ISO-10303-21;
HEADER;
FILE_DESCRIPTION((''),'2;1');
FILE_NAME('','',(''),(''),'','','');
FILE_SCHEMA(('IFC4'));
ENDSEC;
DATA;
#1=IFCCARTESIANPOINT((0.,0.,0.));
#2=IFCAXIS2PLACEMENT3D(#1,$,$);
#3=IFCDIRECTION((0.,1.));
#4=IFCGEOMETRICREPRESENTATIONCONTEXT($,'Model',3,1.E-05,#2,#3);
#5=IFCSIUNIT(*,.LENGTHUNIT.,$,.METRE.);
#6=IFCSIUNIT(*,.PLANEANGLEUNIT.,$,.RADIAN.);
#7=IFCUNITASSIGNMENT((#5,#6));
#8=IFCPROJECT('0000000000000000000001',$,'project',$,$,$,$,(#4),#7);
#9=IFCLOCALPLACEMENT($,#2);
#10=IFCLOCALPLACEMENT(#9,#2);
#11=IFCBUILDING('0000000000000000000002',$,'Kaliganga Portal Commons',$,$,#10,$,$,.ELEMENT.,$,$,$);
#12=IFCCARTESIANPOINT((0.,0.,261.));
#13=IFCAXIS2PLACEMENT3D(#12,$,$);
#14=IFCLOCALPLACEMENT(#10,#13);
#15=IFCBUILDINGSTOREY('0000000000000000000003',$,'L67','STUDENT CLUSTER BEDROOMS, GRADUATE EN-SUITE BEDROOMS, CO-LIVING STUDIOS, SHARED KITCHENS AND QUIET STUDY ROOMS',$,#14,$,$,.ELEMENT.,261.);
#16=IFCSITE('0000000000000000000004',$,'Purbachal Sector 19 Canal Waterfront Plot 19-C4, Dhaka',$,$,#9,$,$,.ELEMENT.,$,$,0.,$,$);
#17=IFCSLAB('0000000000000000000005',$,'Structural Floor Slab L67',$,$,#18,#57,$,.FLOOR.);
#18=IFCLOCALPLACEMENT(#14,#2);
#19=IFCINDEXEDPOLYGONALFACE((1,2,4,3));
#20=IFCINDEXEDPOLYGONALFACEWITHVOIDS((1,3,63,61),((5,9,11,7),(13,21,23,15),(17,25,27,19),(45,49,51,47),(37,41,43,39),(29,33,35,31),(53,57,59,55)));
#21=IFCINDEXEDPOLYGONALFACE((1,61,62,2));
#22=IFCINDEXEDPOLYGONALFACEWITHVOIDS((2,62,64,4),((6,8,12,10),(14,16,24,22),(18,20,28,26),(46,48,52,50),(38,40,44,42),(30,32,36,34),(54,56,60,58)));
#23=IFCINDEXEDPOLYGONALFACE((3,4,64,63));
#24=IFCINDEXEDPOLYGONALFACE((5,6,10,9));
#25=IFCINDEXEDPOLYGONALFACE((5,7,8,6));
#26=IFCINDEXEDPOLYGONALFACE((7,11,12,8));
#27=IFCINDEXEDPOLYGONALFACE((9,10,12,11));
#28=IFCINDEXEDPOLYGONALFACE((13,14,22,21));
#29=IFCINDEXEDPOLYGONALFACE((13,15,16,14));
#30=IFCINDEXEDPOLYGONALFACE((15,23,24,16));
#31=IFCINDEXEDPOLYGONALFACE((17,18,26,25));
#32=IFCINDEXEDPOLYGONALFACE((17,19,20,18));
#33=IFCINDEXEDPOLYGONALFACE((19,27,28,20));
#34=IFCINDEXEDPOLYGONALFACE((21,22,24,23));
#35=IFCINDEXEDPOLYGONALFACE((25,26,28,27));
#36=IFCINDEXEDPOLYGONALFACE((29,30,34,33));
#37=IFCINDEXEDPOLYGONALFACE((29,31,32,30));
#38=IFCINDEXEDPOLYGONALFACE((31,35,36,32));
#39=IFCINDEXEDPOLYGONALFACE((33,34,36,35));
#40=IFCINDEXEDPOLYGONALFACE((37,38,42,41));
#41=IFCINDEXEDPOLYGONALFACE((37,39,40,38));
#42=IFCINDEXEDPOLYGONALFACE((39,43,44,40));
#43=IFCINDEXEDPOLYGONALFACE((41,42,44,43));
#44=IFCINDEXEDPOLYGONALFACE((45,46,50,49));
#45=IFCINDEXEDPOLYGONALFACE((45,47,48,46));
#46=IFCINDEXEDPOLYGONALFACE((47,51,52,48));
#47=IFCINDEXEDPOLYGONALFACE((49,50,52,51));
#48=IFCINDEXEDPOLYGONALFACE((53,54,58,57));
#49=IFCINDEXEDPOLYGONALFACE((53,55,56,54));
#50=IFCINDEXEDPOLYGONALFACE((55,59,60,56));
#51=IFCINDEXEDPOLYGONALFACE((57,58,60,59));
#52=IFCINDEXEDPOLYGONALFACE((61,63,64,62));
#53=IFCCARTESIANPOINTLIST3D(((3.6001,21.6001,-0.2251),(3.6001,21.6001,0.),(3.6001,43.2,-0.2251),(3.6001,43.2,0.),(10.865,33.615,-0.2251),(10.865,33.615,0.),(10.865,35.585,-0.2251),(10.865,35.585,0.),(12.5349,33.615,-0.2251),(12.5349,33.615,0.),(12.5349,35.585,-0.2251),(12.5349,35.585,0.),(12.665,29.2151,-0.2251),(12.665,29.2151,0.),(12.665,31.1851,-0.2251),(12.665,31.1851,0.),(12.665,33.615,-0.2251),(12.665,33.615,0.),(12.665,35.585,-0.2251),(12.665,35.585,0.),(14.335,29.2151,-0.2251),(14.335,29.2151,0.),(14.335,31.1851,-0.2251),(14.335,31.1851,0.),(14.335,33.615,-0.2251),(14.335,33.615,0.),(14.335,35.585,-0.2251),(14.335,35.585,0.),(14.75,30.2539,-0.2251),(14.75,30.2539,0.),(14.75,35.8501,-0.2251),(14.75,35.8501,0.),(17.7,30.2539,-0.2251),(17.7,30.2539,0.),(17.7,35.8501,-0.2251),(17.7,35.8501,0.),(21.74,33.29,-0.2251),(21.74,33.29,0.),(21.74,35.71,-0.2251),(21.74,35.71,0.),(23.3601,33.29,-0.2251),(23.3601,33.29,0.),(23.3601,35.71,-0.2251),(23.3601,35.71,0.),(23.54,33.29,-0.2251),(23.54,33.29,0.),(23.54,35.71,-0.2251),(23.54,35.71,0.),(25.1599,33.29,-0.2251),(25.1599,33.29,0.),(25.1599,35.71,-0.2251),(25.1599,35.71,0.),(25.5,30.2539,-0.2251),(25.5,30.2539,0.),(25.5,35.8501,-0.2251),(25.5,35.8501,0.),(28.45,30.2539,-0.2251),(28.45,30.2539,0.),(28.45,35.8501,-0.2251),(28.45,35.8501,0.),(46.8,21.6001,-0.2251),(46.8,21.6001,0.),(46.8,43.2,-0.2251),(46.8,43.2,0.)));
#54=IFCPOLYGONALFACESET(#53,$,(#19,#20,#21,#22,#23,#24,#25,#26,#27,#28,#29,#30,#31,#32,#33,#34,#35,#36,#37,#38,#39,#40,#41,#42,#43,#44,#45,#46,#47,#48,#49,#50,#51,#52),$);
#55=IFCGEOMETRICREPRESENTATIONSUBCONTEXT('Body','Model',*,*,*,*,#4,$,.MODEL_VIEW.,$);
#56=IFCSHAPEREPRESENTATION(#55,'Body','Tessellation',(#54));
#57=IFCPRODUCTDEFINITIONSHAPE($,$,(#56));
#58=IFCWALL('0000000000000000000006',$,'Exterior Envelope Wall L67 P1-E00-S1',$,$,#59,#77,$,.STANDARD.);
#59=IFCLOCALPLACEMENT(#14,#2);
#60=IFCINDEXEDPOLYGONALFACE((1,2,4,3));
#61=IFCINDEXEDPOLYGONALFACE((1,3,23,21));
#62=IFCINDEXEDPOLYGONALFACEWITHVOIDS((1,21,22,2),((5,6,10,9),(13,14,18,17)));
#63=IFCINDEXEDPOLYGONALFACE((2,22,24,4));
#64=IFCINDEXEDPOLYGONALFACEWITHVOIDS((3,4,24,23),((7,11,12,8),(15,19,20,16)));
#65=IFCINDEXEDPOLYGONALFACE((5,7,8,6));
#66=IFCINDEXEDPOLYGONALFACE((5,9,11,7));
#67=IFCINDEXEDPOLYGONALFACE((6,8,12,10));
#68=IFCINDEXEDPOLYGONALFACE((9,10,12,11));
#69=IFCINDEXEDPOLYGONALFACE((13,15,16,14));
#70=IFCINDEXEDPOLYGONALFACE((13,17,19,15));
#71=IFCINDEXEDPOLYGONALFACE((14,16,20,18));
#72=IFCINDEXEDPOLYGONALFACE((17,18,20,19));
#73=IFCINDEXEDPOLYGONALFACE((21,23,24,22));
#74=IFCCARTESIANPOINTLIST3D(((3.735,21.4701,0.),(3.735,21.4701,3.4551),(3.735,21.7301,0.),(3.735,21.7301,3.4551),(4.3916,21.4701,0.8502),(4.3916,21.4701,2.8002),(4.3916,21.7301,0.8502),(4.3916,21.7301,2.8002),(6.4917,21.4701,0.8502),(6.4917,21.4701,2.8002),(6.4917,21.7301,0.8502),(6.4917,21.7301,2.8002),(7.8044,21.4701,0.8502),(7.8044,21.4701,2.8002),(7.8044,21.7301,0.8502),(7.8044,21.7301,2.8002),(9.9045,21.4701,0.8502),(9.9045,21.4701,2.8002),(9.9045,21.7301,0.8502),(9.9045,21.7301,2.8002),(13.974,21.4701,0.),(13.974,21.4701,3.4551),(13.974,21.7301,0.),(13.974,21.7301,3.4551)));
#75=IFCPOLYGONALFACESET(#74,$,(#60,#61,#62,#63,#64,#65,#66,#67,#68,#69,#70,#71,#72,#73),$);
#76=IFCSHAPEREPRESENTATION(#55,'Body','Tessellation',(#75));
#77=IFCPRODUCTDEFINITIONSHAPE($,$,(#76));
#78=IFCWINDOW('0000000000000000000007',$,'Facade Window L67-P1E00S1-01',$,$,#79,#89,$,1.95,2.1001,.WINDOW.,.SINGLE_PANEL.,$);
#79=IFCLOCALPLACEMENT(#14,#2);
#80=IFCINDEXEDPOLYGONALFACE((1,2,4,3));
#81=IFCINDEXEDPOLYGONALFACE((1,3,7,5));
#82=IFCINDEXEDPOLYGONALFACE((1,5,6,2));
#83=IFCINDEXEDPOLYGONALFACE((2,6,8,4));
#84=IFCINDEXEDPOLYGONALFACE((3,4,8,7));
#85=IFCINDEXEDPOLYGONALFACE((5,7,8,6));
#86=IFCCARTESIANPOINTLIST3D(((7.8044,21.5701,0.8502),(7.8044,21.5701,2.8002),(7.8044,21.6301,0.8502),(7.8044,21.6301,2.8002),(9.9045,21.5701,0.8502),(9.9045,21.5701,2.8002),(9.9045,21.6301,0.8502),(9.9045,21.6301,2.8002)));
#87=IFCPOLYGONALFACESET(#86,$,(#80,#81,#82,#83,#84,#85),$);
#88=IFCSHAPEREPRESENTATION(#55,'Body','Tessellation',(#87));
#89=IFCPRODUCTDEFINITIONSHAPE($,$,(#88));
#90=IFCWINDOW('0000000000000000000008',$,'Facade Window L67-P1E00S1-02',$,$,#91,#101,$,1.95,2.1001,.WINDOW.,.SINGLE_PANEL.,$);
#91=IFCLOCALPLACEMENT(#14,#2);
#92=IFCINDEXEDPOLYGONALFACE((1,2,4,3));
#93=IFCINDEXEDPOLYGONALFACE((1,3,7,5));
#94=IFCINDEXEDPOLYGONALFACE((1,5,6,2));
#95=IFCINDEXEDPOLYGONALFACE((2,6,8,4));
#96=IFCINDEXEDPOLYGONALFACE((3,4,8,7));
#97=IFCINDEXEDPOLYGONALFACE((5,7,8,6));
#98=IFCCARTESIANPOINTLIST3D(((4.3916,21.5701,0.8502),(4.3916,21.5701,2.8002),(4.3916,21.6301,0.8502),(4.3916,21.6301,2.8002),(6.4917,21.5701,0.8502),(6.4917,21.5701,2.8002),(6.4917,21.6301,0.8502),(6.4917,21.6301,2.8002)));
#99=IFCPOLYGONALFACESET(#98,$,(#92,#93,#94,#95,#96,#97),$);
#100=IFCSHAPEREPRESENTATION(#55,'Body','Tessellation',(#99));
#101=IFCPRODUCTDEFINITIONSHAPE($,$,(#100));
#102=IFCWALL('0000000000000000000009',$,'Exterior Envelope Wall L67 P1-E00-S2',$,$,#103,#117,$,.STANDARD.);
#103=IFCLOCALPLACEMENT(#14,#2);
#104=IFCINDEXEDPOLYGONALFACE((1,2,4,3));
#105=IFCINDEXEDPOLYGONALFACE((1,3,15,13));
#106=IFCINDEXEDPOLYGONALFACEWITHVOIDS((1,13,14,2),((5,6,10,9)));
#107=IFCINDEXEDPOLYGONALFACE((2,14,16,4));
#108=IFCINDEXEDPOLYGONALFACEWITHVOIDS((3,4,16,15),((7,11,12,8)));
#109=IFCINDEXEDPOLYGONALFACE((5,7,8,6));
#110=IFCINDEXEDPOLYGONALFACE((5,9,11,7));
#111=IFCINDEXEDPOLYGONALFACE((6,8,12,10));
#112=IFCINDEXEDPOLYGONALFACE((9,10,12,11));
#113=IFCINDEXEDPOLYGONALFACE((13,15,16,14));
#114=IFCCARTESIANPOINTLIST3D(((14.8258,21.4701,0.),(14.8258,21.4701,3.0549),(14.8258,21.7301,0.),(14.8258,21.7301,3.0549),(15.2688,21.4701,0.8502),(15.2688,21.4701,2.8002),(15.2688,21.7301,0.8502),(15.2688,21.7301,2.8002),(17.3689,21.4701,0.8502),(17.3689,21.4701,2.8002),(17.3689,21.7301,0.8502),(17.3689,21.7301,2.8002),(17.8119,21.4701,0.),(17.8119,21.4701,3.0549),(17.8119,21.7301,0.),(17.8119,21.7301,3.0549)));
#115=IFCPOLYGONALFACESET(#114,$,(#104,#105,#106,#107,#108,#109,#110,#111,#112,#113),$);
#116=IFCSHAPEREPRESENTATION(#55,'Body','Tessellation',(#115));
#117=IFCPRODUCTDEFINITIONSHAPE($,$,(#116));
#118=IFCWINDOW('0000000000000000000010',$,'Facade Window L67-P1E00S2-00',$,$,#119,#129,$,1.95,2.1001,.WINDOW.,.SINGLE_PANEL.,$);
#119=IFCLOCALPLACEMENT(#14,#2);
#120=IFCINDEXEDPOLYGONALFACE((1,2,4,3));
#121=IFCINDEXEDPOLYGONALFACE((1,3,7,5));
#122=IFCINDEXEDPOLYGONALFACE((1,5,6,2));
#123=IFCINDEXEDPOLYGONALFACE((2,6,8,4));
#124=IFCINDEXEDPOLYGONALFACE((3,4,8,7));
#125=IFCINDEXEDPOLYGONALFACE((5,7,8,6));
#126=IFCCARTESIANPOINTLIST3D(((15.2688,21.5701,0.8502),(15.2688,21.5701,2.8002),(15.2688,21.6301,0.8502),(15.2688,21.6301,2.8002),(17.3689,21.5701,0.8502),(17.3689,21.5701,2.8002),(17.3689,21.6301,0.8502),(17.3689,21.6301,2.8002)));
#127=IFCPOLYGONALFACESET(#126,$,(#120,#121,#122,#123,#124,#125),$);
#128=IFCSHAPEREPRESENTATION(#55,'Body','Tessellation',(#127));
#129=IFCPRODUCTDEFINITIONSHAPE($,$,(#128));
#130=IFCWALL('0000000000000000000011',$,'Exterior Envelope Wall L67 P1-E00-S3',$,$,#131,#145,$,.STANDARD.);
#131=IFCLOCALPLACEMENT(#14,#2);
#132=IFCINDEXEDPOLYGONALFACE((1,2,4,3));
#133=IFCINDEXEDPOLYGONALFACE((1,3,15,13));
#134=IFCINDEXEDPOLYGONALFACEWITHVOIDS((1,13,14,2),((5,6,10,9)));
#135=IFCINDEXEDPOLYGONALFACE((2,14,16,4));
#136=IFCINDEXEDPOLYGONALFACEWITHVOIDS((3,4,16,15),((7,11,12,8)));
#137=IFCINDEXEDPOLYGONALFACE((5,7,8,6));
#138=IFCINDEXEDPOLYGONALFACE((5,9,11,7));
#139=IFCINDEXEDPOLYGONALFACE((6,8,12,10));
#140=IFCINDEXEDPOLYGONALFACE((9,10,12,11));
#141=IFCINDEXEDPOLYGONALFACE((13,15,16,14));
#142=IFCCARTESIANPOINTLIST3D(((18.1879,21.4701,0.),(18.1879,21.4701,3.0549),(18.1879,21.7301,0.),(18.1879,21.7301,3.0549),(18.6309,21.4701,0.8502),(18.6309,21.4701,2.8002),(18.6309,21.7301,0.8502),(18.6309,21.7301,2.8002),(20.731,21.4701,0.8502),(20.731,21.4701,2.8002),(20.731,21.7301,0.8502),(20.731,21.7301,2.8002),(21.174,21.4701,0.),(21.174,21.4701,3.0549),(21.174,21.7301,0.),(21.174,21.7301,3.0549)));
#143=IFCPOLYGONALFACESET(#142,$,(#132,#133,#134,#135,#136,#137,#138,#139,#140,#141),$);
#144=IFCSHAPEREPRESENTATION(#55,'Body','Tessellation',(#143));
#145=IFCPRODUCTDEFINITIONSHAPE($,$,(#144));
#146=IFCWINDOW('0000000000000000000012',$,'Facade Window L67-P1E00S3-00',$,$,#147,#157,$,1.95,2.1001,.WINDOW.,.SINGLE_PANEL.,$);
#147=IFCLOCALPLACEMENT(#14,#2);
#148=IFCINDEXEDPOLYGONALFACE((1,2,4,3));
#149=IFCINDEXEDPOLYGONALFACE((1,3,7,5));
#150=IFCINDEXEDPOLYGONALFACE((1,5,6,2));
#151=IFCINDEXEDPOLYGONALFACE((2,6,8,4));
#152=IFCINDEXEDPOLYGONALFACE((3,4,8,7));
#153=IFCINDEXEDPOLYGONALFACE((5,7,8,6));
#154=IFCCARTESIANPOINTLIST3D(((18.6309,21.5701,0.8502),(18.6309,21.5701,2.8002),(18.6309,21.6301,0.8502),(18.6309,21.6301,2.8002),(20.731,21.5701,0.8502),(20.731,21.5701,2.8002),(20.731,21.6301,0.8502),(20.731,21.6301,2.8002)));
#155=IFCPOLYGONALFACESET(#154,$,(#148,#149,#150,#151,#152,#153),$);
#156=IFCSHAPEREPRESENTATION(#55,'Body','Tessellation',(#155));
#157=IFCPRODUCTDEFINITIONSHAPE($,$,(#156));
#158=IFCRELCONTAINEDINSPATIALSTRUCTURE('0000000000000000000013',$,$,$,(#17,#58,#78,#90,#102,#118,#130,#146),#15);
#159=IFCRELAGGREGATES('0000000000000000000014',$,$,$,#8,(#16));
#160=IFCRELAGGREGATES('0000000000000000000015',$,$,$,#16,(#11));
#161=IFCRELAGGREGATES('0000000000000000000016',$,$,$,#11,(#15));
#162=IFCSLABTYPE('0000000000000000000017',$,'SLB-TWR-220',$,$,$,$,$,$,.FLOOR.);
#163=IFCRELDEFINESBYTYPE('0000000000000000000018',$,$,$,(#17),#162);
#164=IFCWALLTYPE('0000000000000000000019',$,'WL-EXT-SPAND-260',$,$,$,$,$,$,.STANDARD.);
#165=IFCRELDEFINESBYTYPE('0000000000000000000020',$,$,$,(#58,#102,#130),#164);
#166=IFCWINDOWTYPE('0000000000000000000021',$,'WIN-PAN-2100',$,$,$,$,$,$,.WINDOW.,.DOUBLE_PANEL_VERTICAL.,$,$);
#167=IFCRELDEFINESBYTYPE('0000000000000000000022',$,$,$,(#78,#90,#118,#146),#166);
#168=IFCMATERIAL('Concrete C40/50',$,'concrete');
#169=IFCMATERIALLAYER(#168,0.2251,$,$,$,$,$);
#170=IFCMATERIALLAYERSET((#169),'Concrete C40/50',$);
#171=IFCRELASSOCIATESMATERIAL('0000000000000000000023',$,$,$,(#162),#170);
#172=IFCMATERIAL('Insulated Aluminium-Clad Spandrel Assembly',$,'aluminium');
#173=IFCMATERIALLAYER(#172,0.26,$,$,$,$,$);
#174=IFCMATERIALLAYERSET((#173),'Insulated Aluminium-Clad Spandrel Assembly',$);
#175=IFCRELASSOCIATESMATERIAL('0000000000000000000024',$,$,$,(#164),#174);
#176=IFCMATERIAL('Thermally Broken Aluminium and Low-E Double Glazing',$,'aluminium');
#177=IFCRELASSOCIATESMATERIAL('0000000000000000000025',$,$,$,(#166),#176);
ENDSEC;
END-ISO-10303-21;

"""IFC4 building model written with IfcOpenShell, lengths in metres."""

from ifc_helpers import new_model, si_unit, direction, frame, frame_2d, origin, place, context, subcontext, project, spatial, polyline, rectangle, outline, extrude, material, layer, layer_set, type_object, element, fill, save


model = new_model("IFC4")

# Units and contexts
model_context = context("Model", 3, precision=1e-05, world=origin(), true_north=direction((0.0, 1.0)))
body_context = subcontext(model_context, "Body", "Model", "MODEL_VIEW")
ifc_project = project(units=[si_unit("LENGTHUNIT", "METRE"), si_unit("PLANEANGLEUNIT", "RADIAN")], contexts=[model_context])

# Site, building, storey
site_placement = place(None, origin())
site = spatial("IfcSite", under=ifc_project, at=site_placement, Name="Purbachal Sector 19 Canal Waterfront Plot 19-C4, Dhaka", CompositionType="ELEMENT", RefElevation=0.0)
building_placement = place(site_placement, origin())
building = spatial("IfcBuilding", under=site, at=building_placement, Name="Kaliganga Portal Commons", CompositionType="ELEMENT")
storey_placement = place(building_placement, frame((0.0, 0.0, 261.0)))
storey = spatial("IfcBuildingStorey", under=building, at=storey_placement, Name="L67", Description="STUDENT CLUSTER BEDROOMS, GRADUATE EN-SUITE BEDROOMS, CO-LIVING STUDIOS, SHARED KITCHENS AND QUIET STUDY ROOMS", CompositionType="ELEMENT", Elevation=261.0)

# Shared definitions
ifc_material_1 = material(Name="Concrete C40/50", Category="concrete")

# Slab
ifc_layer_1 = layer(ifc_material_1, 0.2251)
ifc_layer_set_1 = layer_set([ifc_layer_1], Name="Concrete C40/50")
slab_type_1 = type_object("IfcSlabType", Name="SLB-TWR-220", PredefinedType="FLOOR", material=ifc_layer_set_1)
slab_1_placement = place(storey_placement, frame((0.0, 0.0, -0.2251)))
element("IfcSlab", 1, at=slab_1_placement, inside=storey, type_object=slab_type_1, Name="Structural Floor Slab L67", PredefinedType="FLOOR", context=body_context, shape_type="SweptSolid", body=[
    extrude(outline(polyline([(3.6001, 21.6001), (46.8, 21.6001), (46.8, 43.2), (3.6001, 43.2), (3.6001, 21.6001)]), holes=[polyline([(14.75, 30.2539), (14.75, 35.8501), (17.7, 35.8501), (17.7, 30.2539), (14.75, 30.2539)]), polyline([(25.5, 30.2539), (25.5, 35.8501), (28.45, 35.8501), (28.45, 30.2539), (25.5, 30.2539)]), polyline([(12.665, 33.615), (12.665, 35.585), (14.335, 35.585), (14.335, 33.615), (12.665, 33.615)]), polyline([(12.665, 29.2151), (12.665, 31.1851), (14.335, 31.1851), (14.335, 29.2151), (12.665, 29.2151)]), polyline([(10.865, 33.615), (10.865, 35.585), (12.5349, 35.585), (12.5349, 33.615), (10.865, 33.615)]), polyline([(21.74, 33.29), (21.74, 35.71), (23.3601, 35.71), (23.3601, 33.29), (21.74, 33.29)]), polyline([(23.54, 33.29), (23.54, 35.71), (25.1599, 35.71), (25.1599, 33.29), (23.54, 33.29)])]), origin(), (0.0, 0.0, 1.0), 0.2251),
])

# Wall, openings, windows
ifc_material_2 = material(Name="Insulated Aluminium-Clad Spandrel Assembly", Category="aluminium")
ifc_layer_2 = layer(ifc_material_2, 0.26)
ifc_layer_set_2 = layer_set([ifc_layer_2], Name="Insulated Aluminium-Clad Spandrel Assembly")
wall_type = type_object("IfcWallType", Name="WL-EXT-SPAND-260", PredefinedType="STANDARD", material=ifc_layer_set_2)
wall_1_placement = place(storey_placement, frame((13.9741, 21.6001, 0.0), z_axis=(0.0, 0.0, 1.0), x_axis=(-1.0, 0.0, 0.0)))
wall_1 = element("IfcWall", 2, at=wall_1_placement, inside=storey, type_object=wall_type, Name="Exterior Envelope Wall L67 P1-E00-S1", PredefinedType="STANDARD", context=body_context, shape_type="SweptSolid", body=[
    extrude(rectangle(XDim=10.239, YDim=0.26, at=frame_2d((5.1196, 0.0))), origin(), (0.0, 0.0, 1.0), 3.4551),
])
opening_1_placement = place(wall_1_placement, frame((4.0696, 0.0, 0.8501)))
opening_1 = element("IfcOpeningElement", 3, at=opening_1_placement, cuts=wall_1, PredefinedType="OPENING", context=body_context, shape_type="SweptSolid", body=[
    extrude(rectangle(XDim=2.1001, YDim=1.95, at=frame_2d((1.05, 0.9751))), frame((0.0, 0.1401, 0.0), z_axis=(0.0, -1.0, 0.0), x_axis=(1.0, 0.0, 0.0)), (0.0, 0.0, 1.0), 0.28),
])
opening_2_placement = place(wall_1_placement, frame((7.4824, 0.0, 0.8501)))
opening_2 = element("IfcOpeningElement", 4, at=opening_2_placement, cuts=wall_1, PredefinedType="OPENING", context=body_context, shape_type="SweptSolid", body=[
    extrude(rectangle(XDim=2.1001, YDim=1.95, at=frame_2d((1.05, 0.9751))), frame((0.0, 0.1401, 0.0), z_axis=(0.0, -1.0, 0.0), x_axis=(1.0, 0.0, 0.0)), (0.0, 0.0, 1.0), 0.28),
])
ifc_material_3 = material(Name="Thermally Broken Aluminium and Low-E Double Glazing", Category="aluminium")
window_type_1 = type_object("IfcWindowType", Name="WIN-PAN-2100", PartitioningType="DOUBLE_PANEL_VERTICAL", PredefinedType="WINDOW", material=ifc_material_3)
window_1_placement = place(opening_1_placement, origin())
window_1 = element("IfcWindow", 5, at=window_1_placement, inside=storey, type_object=window_type_1, Name="Facade Window L67-P1E00S1-01", OverallHeight=1.95, OverallWidth=2.1001, PartitioningType="SINGLE_PANEL", PredefinedType="WINDOW", context=body_context, shape_type="SweptSolid", body=[
    extrude(rectangle(XDim=2.1001, YDim=1.95, at=frame_2d((1.05, 0.9751))), frame((0.0, 0.03, 0.0), z_axis=(0.0, -1.0, 0.0), x_axis=(1.0, 0.0, 0.0)), (0.0, 0.0, 1.0), 0.0601),
])
fill(opening_1, window_1)
window_2_placement = place(opening_2_placement, origin())
window_2 = element("IfcWindow", 6, at=window_2_placement, inside=storey, type_object=window_type_1, Name="Facade Window L67-P1E00S1-02", OverallHeight=1.95, OverallWidth=2.1001, PartitioningType="SINGLE_PANEL", PredefinedType="WINDOW", context=body_context, shape_type="SweptSolid", body=[
    extrude(rectangle(XDim=2.1001, YDim=1.95, at=frame_2d((1.05, 0.9751))), frame((0.0, 0.03, 0.0), z_axis=(0.0, -1.0, 0.0), x_axis=(1.0, 0.0, 0.0)), (0.0, 0.0, 1.0), 0.0601),
])
fill(opening_2, window_2)

# Walls, openings, windows
wall_2_placement = place(storey_placement, frame((17.812, 21.6001, 0.0), z_axis=(0.0, 0.0, 1.0), x_axis=(-1.0, 0.0, 0.0)))
wall_2 = element("IfcWall", 7, at=wall_2_placement, inside=storey, type_object=wall_type, Name="Exterior Envelope Wall L67 P1-E00-S2", PredefinedType="STANDARD", context=body_context, shape_type="SweptSolid", body=[
    extrude(rectangle(XDim=2.9861, YDim=0.26, at=frame_2d((1.4932, 0.0))), origin(), (0.0, 0.0, 1.0), 3.0549),
])
opening_3_placement = place(wall_2_placement, frame((0.4431, 0.0, 0.8501)))
opening_3 = element("IfcOpeningElement", 8, at=opening_3_placement, cuts=wall_2, PredefinedType="OPENING", context=body_context, shape_type="SweptSolid", body=[
    extrude(rectangle(XDim=2.1001, YDim=1.95, at=frame_2d((1.05, 0.9751))), frame((0.0, 0.1401, 0.0), z_axis=(0.0, -1.0, 0.0), x_axis=(1.0, 0.0, 0.0)), (0.0, 0.0, 1.0), 0.28),
])
window_3_placement = place(opening_3_placement, origin())
window_3 = element("IfcWindow", 9, at=window_3_placement, inside=storey, type_object=window_type_1, Name="Facade Window L67-P1E00S2-00", OverallHeight=1.95, OverallWidth=2.1001, PartitioningType="SINGLE_PANEL", PredefinedType="WINDOW", context=body_context, shape_type="SweptSolid", body=[
    extrude(rectangle(XDim=2.1001, YDim=1.95, at=frame_2d((1.05, 0.9751))), frame((0.0, 0.03, 0.0), z_axis=(0.0, -1.0, 0.0), x_axis=(1.0, 0.0, 0.0)), (0.0, 0.0, 1.0), 0.0601),
])
fill(opening_3, window_3)
wall_3_placement = place(storey_placement, frame((21.1741, 21.6001, 0.0), z_axis=(0.0, 0.0, 1.0), x_axis=(-1.0, 0.0, 0.0)))
wall_3 = element("IfcWall", 10, at=wall_3_placement, inside=storey, type_object=wall_type, Name="Exterior Envelope Wall L67 P1-E00-S3", PredefinedType="STANDARD", context=body_context, shape_type="SweptSolid", body=[
    extrude(rectangle(XDim=2.9861, YDim=0.26, at=frame_2d((1.4932, 0.0))), origin(), (0.0, 0.0, 1.0), 3.0549),
])
opening_4_placement = place(wall_3_placement, frame((0.4431, 0.0, 0.8501)))
opening_4 = element("IfcOpeningElement", 11, at=opening_4_placement, cuts=wall_3, PredefinedType="OPENING", context=body_context, shape_type="SweptSolid", body=[
    extrude(rectangle(XDim=2.1001, YDim=1.95, at=frame_2d((1.05, 0.9751))), frame((0.0, 0.1401, 0.0), z_axis=(0.0, -1.0, 0.0), x_axis=(1.0, 0.0, 0.0)), (0.0, 0.0, 1.0), 0.28),
])
window_4_placement = place(opening_4_placement, origin())
window_4 = element("IfcWindow", 12, at=window_4_placement, inside=storey, type_object=window_type_1, Name="Facade Window L67-P1E00S3-00", OverallHeight=1.95, OverallWidth=2.1001, PartitioningType="SINGLE_PANEL", PredefinedType="WINDOW", context=body_context, shape_type="SweptSolid", body=[
    extrude(rectangle(XDim=2.1001, YDim=1.95, at=frame_2d((1.05, 0.9751))), frame((0.0, 0.03, 0.0), z_axis=(0.0, -1.0, 0.0), x_axis=(1.0, 0.0, 0.0)), (0.0, 0.0, 1.0), 0.0601),
])
fill(opening_4, window_4)

save(model, "model.ifc")
